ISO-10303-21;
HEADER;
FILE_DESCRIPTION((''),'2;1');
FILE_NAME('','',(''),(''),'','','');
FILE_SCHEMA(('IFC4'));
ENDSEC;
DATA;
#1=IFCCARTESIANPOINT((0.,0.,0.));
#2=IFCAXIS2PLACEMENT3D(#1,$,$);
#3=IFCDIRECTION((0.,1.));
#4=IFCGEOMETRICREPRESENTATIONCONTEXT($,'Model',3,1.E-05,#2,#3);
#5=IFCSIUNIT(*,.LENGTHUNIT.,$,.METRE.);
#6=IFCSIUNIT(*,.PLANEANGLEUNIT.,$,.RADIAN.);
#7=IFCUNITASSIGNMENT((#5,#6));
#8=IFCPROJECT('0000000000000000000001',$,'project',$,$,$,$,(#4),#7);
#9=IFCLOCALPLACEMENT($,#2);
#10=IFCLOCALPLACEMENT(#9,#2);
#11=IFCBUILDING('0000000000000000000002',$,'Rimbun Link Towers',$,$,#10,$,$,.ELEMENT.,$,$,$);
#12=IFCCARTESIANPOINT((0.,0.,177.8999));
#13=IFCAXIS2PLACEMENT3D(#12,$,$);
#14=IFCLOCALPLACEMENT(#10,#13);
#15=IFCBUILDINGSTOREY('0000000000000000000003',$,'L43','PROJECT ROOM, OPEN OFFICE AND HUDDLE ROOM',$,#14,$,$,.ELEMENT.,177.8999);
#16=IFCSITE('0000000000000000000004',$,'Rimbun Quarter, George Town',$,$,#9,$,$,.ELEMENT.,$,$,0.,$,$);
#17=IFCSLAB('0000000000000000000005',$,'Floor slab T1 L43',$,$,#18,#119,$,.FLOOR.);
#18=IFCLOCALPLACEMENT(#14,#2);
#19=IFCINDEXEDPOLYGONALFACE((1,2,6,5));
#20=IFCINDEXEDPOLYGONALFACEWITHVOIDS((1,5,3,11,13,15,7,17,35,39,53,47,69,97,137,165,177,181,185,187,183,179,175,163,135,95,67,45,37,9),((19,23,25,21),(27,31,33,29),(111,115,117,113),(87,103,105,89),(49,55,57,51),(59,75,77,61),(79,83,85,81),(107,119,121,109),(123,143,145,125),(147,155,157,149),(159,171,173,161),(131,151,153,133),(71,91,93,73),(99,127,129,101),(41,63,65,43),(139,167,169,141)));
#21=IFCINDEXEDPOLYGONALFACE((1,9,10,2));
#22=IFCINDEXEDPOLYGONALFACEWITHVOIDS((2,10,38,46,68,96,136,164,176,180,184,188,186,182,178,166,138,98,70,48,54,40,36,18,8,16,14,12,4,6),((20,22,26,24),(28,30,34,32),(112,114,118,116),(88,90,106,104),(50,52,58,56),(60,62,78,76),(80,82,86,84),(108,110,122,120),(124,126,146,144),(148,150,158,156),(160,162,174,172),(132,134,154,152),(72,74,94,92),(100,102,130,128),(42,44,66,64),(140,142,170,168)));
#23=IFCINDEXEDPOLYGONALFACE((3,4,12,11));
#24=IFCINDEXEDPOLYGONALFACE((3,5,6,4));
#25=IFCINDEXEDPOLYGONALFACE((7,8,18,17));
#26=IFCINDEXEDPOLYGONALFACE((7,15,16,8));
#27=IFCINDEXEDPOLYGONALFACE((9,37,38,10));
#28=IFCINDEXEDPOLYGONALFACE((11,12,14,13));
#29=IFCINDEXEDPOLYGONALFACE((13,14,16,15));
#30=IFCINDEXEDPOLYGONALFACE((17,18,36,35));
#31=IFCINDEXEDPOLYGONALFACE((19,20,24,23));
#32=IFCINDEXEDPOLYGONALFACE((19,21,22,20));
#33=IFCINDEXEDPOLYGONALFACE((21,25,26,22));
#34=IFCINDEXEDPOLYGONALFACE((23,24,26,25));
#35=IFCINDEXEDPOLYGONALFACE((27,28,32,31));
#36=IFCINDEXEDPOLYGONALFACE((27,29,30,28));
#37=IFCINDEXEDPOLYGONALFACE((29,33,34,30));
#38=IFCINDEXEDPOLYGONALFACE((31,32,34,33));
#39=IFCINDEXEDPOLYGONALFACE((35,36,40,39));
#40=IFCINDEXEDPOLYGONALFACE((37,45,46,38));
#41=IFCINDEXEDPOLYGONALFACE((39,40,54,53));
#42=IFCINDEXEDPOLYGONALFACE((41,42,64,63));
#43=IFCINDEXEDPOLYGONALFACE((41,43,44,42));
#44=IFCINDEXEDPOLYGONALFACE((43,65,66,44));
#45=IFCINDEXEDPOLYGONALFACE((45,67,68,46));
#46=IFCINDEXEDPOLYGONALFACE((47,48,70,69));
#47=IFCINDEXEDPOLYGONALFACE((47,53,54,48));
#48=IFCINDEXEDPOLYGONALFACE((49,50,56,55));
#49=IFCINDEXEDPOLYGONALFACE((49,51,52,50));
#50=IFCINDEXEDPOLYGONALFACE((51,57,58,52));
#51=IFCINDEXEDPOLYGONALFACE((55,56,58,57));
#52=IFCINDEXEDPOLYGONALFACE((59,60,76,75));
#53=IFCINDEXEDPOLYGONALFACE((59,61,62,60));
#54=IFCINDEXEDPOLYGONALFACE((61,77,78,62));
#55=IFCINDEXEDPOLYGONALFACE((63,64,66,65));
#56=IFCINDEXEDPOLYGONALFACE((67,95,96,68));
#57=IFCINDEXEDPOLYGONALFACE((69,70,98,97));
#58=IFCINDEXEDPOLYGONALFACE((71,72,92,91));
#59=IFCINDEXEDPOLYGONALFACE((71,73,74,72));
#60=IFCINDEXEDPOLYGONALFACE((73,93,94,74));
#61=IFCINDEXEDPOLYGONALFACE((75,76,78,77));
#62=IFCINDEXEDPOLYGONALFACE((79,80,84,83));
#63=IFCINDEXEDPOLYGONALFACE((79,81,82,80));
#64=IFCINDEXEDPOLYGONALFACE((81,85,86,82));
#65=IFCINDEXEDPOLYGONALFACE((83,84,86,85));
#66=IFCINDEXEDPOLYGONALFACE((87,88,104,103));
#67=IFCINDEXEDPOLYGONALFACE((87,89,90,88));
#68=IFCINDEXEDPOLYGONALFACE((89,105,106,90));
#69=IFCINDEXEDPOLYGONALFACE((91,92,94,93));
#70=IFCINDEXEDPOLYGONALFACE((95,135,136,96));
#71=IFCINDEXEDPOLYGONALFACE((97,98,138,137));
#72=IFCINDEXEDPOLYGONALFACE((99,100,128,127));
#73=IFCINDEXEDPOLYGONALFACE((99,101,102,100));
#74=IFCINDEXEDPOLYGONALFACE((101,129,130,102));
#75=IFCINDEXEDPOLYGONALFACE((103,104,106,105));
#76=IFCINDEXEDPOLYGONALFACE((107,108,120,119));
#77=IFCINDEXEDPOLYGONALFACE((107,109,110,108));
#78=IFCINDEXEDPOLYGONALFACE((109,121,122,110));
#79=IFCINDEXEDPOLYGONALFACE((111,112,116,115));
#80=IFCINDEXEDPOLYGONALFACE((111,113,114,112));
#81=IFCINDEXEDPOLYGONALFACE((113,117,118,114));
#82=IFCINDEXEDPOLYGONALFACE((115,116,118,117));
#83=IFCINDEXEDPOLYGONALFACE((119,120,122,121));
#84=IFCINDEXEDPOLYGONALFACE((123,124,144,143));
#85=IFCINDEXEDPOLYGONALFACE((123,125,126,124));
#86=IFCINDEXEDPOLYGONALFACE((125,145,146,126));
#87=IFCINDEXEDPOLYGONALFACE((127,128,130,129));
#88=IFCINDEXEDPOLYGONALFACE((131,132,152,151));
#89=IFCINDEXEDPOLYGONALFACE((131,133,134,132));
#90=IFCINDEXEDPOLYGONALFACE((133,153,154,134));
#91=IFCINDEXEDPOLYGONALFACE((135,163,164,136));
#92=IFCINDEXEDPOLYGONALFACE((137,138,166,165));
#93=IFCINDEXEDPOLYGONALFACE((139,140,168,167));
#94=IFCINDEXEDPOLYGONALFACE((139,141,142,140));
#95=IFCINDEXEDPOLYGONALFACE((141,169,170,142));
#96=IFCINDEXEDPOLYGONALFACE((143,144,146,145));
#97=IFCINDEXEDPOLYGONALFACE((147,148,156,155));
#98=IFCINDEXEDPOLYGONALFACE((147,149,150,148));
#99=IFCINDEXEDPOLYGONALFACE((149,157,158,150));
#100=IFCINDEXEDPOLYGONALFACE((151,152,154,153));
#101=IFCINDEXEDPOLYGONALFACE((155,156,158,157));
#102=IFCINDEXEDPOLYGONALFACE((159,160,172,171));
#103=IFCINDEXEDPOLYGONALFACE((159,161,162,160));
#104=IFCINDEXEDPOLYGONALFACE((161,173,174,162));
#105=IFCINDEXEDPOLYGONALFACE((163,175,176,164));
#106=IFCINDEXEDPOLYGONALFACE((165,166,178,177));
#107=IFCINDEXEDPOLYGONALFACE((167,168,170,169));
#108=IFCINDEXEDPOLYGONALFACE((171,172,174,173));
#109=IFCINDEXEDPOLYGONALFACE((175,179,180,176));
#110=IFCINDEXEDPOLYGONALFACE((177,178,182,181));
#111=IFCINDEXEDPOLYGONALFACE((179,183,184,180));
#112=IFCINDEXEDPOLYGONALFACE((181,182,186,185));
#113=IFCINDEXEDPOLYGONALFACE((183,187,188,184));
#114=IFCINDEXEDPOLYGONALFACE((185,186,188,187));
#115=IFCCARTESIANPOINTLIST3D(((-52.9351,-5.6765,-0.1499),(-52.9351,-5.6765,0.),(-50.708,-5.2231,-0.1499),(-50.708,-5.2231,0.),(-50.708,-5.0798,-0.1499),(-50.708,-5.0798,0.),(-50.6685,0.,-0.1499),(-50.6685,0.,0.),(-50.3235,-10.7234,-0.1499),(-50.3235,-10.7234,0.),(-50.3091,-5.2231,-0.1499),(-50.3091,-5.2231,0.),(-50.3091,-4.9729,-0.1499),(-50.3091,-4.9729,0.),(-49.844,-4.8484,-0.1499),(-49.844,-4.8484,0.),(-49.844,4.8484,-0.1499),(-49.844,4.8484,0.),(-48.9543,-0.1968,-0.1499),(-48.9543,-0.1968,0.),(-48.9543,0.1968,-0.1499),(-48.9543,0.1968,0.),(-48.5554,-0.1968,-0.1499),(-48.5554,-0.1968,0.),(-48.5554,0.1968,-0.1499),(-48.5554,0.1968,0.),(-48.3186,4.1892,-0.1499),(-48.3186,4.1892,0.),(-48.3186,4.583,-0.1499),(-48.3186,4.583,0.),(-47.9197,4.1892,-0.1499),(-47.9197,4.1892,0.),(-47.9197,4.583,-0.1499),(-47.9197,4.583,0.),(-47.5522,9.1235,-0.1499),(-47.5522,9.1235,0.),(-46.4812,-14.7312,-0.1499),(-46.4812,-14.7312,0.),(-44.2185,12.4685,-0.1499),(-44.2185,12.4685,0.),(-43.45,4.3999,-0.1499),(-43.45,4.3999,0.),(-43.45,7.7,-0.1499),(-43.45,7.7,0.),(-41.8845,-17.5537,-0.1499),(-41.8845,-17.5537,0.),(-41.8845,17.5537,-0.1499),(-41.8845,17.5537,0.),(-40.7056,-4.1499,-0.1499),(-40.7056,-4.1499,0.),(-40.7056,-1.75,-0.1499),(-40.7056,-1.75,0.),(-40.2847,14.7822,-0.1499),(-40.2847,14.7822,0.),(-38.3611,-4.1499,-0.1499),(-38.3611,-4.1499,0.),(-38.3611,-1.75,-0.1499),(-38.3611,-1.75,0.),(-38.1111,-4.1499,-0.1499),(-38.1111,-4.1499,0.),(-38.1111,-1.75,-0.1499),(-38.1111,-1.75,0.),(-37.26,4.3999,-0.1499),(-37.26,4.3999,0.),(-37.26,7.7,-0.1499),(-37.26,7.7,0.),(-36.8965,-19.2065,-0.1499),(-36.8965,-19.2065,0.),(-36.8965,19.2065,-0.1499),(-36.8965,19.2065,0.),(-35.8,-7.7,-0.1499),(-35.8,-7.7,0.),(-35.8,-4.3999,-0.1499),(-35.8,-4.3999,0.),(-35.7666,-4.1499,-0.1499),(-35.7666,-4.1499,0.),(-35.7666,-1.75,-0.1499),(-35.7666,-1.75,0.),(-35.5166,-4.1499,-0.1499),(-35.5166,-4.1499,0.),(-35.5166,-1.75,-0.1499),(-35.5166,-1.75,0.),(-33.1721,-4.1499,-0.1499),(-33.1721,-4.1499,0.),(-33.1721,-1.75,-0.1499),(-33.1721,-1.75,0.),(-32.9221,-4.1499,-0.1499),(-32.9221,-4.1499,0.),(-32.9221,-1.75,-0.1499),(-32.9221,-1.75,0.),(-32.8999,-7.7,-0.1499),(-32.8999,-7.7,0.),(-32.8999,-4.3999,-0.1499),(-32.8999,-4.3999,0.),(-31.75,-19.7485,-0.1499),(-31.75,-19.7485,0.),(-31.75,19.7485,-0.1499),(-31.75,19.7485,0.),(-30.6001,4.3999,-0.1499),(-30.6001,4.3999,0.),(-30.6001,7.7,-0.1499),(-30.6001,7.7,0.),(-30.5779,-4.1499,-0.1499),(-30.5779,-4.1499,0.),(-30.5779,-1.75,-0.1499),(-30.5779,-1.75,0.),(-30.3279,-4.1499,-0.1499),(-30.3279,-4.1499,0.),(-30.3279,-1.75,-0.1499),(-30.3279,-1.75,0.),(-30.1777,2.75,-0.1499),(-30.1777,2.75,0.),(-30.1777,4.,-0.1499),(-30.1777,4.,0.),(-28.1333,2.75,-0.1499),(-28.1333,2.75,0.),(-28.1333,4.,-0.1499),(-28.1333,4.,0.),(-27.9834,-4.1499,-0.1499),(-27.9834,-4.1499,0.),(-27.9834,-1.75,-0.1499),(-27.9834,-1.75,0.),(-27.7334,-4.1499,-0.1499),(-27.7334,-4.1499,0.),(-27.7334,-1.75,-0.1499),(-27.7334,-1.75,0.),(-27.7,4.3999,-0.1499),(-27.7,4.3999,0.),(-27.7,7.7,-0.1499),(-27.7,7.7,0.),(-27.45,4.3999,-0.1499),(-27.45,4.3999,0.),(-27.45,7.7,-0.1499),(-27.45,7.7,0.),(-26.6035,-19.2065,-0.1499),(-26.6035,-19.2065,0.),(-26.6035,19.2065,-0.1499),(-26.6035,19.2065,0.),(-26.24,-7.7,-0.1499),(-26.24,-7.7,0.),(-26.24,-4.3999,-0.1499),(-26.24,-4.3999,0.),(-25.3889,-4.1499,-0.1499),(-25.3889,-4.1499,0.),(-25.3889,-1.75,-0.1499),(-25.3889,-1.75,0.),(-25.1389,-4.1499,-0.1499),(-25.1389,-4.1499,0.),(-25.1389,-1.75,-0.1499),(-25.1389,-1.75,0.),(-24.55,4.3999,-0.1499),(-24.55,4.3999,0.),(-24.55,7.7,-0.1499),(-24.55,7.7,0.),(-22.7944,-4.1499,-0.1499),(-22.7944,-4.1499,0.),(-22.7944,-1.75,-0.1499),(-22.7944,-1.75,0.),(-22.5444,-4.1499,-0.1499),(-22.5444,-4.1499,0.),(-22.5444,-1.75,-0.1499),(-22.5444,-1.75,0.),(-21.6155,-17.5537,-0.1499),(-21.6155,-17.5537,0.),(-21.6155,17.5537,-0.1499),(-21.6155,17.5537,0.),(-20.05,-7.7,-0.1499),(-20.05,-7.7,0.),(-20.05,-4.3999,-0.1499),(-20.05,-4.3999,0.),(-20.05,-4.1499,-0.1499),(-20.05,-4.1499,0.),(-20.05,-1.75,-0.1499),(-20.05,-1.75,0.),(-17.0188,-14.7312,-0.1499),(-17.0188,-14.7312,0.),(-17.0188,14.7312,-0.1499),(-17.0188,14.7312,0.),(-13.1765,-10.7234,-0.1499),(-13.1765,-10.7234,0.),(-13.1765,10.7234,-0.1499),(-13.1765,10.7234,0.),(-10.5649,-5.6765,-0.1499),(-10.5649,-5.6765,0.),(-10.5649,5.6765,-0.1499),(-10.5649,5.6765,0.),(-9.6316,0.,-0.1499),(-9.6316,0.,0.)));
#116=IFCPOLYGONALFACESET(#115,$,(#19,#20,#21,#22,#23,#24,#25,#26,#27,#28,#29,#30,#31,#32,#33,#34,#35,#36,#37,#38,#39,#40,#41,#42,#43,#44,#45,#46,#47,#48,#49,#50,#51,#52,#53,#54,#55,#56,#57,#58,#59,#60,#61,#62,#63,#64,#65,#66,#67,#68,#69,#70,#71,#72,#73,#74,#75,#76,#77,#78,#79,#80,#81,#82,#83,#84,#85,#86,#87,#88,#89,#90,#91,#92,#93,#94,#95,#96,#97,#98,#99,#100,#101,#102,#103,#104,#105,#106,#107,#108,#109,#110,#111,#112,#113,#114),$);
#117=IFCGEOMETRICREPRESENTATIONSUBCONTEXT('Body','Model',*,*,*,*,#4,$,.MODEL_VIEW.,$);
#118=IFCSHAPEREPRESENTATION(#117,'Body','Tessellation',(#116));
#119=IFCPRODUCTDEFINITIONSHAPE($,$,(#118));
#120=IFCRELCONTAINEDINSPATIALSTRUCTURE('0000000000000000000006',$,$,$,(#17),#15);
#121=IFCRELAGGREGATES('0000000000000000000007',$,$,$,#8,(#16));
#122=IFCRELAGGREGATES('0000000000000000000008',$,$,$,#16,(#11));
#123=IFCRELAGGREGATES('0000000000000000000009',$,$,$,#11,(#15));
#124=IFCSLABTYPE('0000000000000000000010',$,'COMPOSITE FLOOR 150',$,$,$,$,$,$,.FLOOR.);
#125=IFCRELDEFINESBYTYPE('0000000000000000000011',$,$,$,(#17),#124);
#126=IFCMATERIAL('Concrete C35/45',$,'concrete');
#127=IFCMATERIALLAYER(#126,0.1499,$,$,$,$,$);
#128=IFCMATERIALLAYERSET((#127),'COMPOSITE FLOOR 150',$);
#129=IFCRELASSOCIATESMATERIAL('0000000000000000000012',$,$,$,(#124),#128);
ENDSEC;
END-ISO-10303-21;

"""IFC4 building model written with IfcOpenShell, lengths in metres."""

from ifc_helpers import new_model, si_unit, direction, frame, origin, place, context, subcontext, project, spatial, polyline, outline, extrude, material, layer, layer_set, type_object, element, save


model = new_model("IFC4")

# Units and contexts
model_context = context("Model", 3, precision=1e-05, world=origin(), true_north=direction((0.0, 1.0)))
body_context = subcontext(model_context, "Body", "Model", "MODEL_VIEW")
ifc_project = project(units=[si_unit("LENGTHUNIT", "METRE"), si_unit("PLANEANGLEUNIT", "RADIAN")], contexts=[model_context])

# Site, building, storey
site_placement = place(None, origin())
site = spatial("IfcSite", under=ifc_project, at=site_placement, Name="Rimbun Quarter, George Town", CompositionType="ELEMENT", RefElevation=0.0)
building_placement = place(site_placement, origin())
building = spatial("IfcBuilding", under=site, at=building_placement, Name="Rimbun Link Towers", CompositionType="ELEMENT")
storey_placement = place(building_placement, frame((0.0, 0.0, 177.8999)))
storey = spatial("IfcBuildingStorey", under=building, at=storey_placement, Name="L43", Description="PROJECT ROOM, OPEN OFFICE AND HUDDLE ROOM", CompositionType="ELEMENT", Elevation=177.8999)

# Slab
ifc_material_1 = material(Name="Concrete C35/45", Category="concrete")
ifc_layer_1 = layer(ifc_material_1, 0.1499)
ifc_layer_set_1 = layer_set([ifc_layer_1], Name="COMPOSITE FLOOR 150")
slab_type = type_object("IfcSlabType", Name="COMPOSITE FLOOR 150", PredefinedType="FLOOR", material=ifc_layer_set_1)
slab_1_placement = place(storey_placement, frame((0.0, 0.0, -0.1499)))
element("IfcSlab", 1, at=slab_1_placement, inside=storey, type_object=slab_type, Name="Floor slab T1 L43", PredefinedType="FLOOR", context=body_context, shape_type="SweptSolid", body=[
    extrude(outline(polyline([(-49.844, -4.8484), (-50.6685, 0.0), (-49.844, 4.8484), (-47.5522, 9.1235), (-44.2185, 12.4685), (-40.2847, 14.7822), (-41.8845, 17.5537), (-36.8965, 19.2065), (-31.75, 19.7485), (-26.6035, 19.2065), (-21.6155, 17.5537), (-17.0188, 14.7312), (-13.1765, 10.7234), (-10.5649, 5.6765), (-9.6316, 0.0), (-10.5649, -5.6765), (-13.1765, -10.7234), (-17.0188, -14.7312), (-21.6155, -17.5537), (-26.6035, -19.2065), (-31.75, -19.7485), (-36.8965, -19.2065), (-41.8845, -17.5537), (-46.4812, -14.7312), (-50.3235, -10.7234), (-52.9351, -5.6765), (-50.708, -5.0798), (-50.708, -5.2231), (-50.3091, -5.2231), (-50.3091, -4.9729), (-49.844, -4.8484)]), holes=[polyline([(-32.8999, -7.7), (-32.8999, -4.3999), (-35.8, -4.3999), (-35.8, -7.7), (-32.8999, -7.7)]), polyline([(-38.3611, -4.1499), (-38.3611, -1.75), (-40.7056, -1.75), (-40.7056, -4.1499), (-38.3611, -4.1499)]), polyline([(-35.7666, -4.1499), (-35.7666, -1.75), (-38.1111, -1.75), (-38.1111, -4.1499), (-35.7666, -4.1499)]), polyline([(-33.1721, -4.1499), (-33.1721, -1.75), (-35.5166, -1.75), (-35.5166, -4.1499), (-33.1721, -4.1499)]), polyline([(-30.5779, -4.1499), (-30.5779, -1.75), (-32.9221, -1.75), (-32.9221, -4.1499), (-30.5779, -4.1499)]), polyline([(-48.5554, -0.1968), (-48.5554, 0.1968), (-48.9543, 0.1968), (-48.9543, -0.1968), (-48.5554, -0.1968)]), polyline([(-47.9197, 4.1892), (-47.9197, 4.583), (-48.3186, 4.583), (-48.3186, 4.1892), (-47.9197, 4.1892)]), polyline([(-37.26, 4.3999), (-37.26, 7.7), (-43.45, 7.7), (-43.45, 4.3999), (-37.26, 4.3999)]), polyline([(-20.05, -7.7), (-20.05, -4.3999), (-26.24, -4.3999), (-26.24, -7.7), (-20.05, -7.7)]), polyline([(-27.9834, -4.1499), (-27.9834, -1.75), (-30.3279, -1.75), (-30.3279, -4.1499), (-27.9834, -4.1499)]), polyline([(-25.3889, -4.1499), (-25.3889, -1.75), (-27.7334, -1.75), (-27.7334, -4.1499), (-25.3889, -4.1499)]), polyline([(-22.7944, -4.1499), (-22.7944, -1.75), (-25.1389, -1.75), (-25.1389, -4.1499), (-22.7944, -4.1499)]), polyline([(-20.05, -4.1499), (-20.05, -1.75), (-22.5444, -1.75), (-22.5444, -4.1499), (-20.05, -4.1499)]), polyline([(-30.1777, 2.75), (-28.1333, 2.75), (-28.1333, 4.0), (-30.1777, 4.0), (-30.1777, 2.75)]), polyline([(-30.6001, 4.3999), (-27.7, 4.3999), (-27.7, 7.7), (-30.6001, 7.7), (-30.6001, 4.3999)]), polyline([(-27.45, 4.3999), (-24.55, 4.3999), (-24.55, 7.7), (-27.45, 7.7), (-27.45, 4.3999)])]), origin(), (0.0, 0.0, 1.0), 0.1499),
])

save(model, "model.ifc")
